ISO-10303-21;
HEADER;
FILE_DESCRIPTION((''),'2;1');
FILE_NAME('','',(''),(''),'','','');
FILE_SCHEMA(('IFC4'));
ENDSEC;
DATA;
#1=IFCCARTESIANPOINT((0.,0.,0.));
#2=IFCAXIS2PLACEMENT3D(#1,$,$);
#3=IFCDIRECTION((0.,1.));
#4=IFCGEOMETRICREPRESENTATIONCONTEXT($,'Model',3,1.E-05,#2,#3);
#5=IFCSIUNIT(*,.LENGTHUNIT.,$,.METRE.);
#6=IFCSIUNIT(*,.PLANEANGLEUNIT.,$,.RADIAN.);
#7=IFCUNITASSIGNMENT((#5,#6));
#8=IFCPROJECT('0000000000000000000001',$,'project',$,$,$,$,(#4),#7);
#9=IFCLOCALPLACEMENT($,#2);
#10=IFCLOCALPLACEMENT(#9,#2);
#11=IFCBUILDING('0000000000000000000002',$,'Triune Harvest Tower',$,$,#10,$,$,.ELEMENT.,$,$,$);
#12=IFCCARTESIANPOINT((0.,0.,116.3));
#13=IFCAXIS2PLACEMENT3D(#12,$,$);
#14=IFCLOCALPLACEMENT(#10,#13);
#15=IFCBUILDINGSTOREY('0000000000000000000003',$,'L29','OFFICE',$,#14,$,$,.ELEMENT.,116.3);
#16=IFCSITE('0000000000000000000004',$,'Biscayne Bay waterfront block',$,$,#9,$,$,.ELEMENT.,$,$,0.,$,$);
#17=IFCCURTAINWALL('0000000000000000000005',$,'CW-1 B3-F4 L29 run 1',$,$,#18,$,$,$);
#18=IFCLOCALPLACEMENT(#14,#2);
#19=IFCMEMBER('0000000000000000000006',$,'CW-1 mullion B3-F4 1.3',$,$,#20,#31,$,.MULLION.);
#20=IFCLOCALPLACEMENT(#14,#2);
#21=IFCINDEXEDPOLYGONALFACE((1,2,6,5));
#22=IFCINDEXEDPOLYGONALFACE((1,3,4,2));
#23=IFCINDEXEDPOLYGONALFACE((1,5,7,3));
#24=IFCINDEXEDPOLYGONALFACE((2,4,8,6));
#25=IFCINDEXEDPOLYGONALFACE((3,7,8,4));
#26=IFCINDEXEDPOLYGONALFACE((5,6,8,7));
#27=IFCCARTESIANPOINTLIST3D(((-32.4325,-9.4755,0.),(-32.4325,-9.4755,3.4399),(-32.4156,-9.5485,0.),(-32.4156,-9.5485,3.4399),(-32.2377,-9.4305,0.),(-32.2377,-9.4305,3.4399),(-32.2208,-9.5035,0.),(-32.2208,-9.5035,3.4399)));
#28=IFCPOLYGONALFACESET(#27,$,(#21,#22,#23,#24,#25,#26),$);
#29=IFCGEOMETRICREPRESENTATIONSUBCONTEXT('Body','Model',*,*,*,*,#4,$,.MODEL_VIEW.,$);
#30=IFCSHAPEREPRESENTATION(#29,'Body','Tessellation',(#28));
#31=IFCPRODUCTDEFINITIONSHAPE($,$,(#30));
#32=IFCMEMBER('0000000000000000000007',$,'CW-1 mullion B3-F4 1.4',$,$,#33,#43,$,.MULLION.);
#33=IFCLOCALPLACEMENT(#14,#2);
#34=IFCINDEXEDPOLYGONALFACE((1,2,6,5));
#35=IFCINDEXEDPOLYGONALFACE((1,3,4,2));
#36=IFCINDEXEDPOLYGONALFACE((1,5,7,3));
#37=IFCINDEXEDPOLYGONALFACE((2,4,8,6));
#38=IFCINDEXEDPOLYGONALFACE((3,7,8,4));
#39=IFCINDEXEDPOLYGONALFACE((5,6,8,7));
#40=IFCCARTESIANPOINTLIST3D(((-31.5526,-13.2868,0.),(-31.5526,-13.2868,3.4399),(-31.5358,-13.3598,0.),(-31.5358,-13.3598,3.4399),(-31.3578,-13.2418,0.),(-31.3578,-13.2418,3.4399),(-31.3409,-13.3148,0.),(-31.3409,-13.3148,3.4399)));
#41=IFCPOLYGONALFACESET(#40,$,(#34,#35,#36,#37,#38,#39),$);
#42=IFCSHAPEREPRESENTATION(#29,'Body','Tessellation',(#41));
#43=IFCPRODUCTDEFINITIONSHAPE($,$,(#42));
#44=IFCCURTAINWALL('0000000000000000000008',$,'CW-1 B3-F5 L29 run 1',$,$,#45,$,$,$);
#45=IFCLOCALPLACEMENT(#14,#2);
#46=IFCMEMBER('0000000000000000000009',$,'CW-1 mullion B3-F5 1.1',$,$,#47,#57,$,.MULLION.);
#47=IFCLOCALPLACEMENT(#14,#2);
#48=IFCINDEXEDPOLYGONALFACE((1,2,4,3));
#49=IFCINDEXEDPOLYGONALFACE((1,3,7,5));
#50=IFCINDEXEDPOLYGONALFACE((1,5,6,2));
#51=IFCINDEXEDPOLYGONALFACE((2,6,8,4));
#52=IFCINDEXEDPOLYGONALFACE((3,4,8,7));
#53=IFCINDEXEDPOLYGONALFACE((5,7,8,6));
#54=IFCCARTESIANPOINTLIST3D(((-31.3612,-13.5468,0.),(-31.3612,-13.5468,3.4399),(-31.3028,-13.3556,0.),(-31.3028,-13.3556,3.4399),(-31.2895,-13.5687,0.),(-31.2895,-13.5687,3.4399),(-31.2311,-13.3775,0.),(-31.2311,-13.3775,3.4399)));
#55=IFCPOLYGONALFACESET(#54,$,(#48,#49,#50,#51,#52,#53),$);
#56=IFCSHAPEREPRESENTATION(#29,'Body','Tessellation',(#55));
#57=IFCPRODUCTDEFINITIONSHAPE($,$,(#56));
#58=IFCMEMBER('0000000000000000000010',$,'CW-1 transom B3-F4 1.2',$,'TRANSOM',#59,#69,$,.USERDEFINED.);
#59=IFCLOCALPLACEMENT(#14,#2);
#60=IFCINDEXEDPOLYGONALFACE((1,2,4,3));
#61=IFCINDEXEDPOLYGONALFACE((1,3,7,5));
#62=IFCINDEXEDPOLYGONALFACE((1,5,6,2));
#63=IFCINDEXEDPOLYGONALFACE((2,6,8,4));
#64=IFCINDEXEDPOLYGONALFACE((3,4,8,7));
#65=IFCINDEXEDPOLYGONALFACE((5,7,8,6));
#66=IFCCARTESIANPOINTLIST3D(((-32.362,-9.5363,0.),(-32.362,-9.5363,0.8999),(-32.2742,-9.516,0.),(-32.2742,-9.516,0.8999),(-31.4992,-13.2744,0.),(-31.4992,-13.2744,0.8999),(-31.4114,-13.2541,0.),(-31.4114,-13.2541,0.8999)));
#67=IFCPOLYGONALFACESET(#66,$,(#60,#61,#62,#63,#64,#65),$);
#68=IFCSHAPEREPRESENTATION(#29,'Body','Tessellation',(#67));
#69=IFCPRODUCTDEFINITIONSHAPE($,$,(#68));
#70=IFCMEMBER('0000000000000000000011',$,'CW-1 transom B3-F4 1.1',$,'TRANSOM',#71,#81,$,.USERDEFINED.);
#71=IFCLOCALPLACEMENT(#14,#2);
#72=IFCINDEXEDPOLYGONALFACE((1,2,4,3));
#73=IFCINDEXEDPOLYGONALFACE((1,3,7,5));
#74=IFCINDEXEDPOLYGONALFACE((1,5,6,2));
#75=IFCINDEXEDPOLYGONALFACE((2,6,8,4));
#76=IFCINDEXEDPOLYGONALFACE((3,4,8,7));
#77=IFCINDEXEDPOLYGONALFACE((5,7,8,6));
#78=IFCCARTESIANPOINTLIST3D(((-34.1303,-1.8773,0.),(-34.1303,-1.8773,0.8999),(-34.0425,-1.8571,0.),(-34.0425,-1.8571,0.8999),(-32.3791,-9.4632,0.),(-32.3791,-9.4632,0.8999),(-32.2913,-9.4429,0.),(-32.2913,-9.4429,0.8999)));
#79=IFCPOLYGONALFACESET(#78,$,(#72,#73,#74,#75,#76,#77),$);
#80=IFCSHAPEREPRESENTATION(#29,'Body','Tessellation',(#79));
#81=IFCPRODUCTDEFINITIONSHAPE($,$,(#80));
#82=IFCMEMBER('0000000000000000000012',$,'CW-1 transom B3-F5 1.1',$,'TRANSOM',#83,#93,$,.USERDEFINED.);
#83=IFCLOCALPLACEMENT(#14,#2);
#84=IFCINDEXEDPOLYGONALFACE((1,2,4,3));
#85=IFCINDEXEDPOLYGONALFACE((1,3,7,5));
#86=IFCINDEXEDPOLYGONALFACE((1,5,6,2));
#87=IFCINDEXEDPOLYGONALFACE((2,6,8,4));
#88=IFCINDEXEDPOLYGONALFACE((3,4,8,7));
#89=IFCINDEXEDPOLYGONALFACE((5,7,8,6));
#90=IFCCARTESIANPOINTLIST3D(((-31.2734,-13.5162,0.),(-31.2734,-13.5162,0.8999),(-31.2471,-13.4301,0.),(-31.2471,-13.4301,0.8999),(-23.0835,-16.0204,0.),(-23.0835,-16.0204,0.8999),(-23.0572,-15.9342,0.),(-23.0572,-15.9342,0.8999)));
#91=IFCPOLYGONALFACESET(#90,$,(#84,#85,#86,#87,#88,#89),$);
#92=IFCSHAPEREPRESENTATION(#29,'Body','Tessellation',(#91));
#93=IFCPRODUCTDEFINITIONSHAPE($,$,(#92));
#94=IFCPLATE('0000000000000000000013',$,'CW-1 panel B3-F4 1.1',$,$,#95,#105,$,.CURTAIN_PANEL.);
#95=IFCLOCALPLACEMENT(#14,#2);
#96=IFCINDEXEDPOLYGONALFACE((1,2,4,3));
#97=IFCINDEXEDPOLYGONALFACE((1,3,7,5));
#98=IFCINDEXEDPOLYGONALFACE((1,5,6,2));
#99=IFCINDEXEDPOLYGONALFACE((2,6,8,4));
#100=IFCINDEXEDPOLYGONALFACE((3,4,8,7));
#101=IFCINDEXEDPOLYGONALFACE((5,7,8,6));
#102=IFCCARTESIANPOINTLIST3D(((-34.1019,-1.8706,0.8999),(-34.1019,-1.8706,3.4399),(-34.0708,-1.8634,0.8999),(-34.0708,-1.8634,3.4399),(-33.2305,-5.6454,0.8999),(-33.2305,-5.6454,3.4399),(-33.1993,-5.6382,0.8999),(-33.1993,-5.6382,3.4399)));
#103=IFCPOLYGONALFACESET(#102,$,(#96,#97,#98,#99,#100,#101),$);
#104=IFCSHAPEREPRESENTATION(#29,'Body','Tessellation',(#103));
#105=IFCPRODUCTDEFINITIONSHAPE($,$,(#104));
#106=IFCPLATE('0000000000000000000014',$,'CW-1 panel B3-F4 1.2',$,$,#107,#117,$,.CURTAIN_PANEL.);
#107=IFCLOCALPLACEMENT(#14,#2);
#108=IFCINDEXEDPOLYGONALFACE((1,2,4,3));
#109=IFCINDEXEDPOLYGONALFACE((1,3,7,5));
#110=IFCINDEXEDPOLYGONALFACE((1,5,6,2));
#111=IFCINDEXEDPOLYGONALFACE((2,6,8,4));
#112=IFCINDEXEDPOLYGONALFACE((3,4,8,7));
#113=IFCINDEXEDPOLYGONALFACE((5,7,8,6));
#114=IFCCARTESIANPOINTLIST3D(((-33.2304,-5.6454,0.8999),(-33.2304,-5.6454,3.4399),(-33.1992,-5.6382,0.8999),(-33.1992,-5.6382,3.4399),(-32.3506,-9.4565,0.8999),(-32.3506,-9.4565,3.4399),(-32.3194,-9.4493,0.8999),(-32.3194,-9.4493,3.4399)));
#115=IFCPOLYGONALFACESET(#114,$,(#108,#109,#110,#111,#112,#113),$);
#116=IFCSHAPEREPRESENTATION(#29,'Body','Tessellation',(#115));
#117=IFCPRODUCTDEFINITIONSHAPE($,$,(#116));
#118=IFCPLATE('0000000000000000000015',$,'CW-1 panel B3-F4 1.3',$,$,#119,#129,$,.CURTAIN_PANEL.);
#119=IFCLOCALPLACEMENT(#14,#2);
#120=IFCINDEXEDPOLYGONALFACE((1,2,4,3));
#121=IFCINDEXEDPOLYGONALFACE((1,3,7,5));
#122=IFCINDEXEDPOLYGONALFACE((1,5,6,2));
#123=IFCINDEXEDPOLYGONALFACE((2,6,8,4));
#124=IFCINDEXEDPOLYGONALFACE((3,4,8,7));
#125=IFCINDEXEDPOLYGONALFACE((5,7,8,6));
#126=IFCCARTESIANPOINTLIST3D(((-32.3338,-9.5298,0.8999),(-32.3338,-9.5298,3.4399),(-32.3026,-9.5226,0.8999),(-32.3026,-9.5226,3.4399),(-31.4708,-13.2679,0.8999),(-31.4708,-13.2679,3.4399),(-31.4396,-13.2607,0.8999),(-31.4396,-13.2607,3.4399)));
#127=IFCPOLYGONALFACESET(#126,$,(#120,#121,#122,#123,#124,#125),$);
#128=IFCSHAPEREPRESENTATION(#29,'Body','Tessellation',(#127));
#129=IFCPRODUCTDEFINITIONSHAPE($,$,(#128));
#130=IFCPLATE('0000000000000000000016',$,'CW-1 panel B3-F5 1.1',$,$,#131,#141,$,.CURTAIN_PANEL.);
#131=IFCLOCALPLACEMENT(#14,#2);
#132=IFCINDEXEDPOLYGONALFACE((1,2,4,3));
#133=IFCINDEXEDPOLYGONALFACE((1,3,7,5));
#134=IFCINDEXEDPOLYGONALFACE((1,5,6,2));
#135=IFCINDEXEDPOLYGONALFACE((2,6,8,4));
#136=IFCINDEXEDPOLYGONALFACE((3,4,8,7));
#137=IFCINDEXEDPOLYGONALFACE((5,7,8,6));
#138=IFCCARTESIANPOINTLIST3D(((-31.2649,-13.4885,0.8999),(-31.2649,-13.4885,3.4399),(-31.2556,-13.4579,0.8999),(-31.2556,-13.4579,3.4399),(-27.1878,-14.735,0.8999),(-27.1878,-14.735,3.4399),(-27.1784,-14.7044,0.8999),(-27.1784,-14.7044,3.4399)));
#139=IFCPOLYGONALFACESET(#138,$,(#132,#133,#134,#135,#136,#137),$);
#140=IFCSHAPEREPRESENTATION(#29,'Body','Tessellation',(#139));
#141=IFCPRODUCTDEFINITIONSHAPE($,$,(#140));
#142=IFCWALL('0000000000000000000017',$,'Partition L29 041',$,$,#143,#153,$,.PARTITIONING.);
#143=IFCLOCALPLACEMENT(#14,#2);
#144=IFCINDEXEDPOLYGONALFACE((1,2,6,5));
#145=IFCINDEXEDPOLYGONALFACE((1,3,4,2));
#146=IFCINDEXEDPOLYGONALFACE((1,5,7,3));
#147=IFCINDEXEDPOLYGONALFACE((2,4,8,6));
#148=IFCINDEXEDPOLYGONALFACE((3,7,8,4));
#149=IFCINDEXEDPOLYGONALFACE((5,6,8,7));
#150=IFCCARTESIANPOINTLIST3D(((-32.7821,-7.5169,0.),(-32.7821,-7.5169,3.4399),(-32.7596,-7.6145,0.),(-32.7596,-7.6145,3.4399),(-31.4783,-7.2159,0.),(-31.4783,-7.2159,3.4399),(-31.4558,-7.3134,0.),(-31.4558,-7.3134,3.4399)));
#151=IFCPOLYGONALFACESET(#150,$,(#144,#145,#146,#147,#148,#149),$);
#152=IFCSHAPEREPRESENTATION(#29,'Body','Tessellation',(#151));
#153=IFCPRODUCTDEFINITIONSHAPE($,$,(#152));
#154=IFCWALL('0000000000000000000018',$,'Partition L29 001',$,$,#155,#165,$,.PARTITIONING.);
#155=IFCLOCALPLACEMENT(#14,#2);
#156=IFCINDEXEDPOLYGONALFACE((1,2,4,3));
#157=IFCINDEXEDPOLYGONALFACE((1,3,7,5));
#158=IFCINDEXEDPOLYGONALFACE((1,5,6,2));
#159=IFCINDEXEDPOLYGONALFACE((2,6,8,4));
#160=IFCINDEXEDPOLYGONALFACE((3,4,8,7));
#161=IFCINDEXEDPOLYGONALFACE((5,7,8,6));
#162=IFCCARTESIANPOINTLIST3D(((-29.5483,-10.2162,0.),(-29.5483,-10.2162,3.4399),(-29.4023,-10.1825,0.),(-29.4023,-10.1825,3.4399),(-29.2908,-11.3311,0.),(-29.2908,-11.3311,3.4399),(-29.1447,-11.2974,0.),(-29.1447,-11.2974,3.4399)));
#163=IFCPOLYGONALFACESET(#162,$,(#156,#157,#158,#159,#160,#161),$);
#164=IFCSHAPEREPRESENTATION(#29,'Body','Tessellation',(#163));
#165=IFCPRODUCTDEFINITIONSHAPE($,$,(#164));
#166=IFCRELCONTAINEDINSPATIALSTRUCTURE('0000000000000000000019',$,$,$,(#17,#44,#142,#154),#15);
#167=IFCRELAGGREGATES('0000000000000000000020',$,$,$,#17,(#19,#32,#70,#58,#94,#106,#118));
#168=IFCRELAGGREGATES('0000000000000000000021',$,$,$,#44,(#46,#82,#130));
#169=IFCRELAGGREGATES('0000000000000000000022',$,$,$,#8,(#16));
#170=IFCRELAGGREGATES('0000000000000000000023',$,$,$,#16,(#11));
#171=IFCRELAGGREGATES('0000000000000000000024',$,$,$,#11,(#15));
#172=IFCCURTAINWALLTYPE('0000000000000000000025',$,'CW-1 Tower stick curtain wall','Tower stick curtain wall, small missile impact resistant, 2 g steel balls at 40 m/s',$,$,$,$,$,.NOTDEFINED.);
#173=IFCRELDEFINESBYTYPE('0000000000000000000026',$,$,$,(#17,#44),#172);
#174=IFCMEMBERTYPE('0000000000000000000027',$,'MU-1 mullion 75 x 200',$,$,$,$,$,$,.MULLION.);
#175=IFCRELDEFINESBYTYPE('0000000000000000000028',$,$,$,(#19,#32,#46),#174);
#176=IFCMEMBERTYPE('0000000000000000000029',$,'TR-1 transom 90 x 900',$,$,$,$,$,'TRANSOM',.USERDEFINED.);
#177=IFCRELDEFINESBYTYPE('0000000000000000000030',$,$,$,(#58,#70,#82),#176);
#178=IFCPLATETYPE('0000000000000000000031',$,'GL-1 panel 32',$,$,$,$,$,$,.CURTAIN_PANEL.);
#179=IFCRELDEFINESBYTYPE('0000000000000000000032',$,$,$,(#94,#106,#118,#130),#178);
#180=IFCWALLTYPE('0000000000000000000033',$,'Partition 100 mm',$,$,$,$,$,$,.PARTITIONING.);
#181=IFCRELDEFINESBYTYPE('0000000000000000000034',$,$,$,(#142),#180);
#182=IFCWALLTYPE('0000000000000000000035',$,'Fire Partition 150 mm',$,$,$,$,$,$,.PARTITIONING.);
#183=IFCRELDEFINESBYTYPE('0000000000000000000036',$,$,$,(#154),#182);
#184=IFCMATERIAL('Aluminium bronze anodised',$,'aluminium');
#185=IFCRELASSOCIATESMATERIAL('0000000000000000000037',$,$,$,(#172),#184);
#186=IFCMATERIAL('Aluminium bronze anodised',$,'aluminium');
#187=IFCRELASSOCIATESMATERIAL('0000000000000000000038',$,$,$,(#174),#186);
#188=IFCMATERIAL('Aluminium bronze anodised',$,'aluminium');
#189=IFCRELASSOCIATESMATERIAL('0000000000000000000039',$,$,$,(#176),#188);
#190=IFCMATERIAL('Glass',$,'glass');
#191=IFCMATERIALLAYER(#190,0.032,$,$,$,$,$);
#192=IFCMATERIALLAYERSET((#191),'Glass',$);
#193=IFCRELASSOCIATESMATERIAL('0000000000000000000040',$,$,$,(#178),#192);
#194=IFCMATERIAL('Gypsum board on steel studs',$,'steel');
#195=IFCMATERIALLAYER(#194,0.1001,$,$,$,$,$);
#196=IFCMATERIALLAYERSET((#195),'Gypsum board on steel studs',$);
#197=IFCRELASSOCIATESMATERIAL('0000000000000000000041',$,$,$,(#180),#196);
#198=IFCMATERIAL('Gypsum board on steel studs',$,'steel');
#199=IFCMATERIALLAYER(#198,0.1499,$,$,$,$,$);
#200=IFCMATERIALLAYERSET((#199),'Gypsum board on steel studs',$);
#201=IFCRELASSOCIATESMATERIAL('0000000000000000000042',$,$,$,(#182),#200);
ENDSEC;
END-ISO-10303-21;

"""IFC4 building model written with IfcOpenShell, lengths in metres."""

from ifc_helpers import new_model, si_unit, direction, frame, frame_2d, origin, origin_2d, place, context, subcontext, project, spatial, rectangle, extrude, source, transform, mapped, material, layer, layer_set, material_profile, profile_set, type_object, element, aggregate, save


model = new_model("IFC4")

# Units and contexts
model_context = context("Model", 3, precision=1e-05, world=origin(), true_north=direction((0.0, 1.0)))
body_context = subcontext(model_context, "Body", "Model", "MODEL_VIEW")
ifc_project = project(units=[si_unit("LENGTHUNIT", "METRE"), si_unit("PLANEANGLEUNIT", "RADIAN")], contexts=[model_context])

# Site, building, storey
site_placement = place(None, origin())
site = spatial("IfcSite", under=ifc_project, at=site_placement, Name="Biscayne Bay waterfront block", CompositionType="ELEMENT", RefElevation=0.0)
building_placement = place(site_placement, origin())
building = spatial("IfcBuilding", under=site, at=building_placement, Name="Triune Harvest Tower", CompositionType="ELEMENT")
storey_placement = place(building_placement, frame((0.0, 0.0, 116.3)))
storey = spatial("IfcBuildingStorey", under=building, at=storey_placement, Name="L29", Description="OFFICE", CompositionType="ELEMENT", Elevation=116.3)

# Curtain wall, members
ifc_material_1 = material(Name="Aluminium bronze anodised", Category="aluminium")
curtain_wall_type = type_object("IfcCurtainWallType", Name="CW-1 Tower stick curtain wall", Description="Tower stick curtain wall, small missile impact resistant, 2 g steel balls at 40 m/s", PredefinedType="NOTDEFINED", material=ifc_material_1)
curtain_wall_1_placement = place(storey_placement, origin())
curtain_wall_1 = element("IfcCurtainWall", 1, at=curtain_wall_1_placement, inside=storey, type_object=curtain_wall_type, Name="CW-1 B3-F4 L29 run 1")
ifc_material_2 = material(Name="Aluminium bronze anodised", Category="aluminium")
ifc_material_profile_1 = material_profile(ifc_material_2, rectangle(XDim=0.2, YDim=0.075, at=origin_2d()), Name="MU-1 mullion 75 x 200")
ifc_profile_set_1 = profile_set([ifc_material_profile_1], Name="Aluminium bronze anodised")
member_type_1 = type_object("IfcMemberType", Name="MU-1 mullion 75 x 200", PredefinedType="MULLION", material=ifc_profile_set_1)
shared_shape_1 = source(origin(), body_context, "Body", "SweptSolid", [
    extrude(rectangle(XDim=0.2, YDim=0.075, at=origin_2d()), origin(), (0.0, 0.0, 1.0), 3.4399),
])
member_1_placement = place(storey_placement, frame((-32.3267, -9.4895, 0.0), z_axis=(0.0, 0.0, 1.0), x_axis=(0.974371, 0.224947, 0.0)))
member_1 = element("IfcMember", 2, at=member_1_placement, type_object=member_type_1, Name="CW-1 mullion B3-F4 1.3", PredefinedType="MULLION", context=body_context, shape_type="MappedRepresentation", body=[
    mapped(shared_shape_1, transform((0.0, 0.0, 0.0), scale=1.0)),
])
member_2_placement = place(storey_placement, frame((-31.4468, -13.3008, 0.0), z_axis=(0.0, 0.0, 1.0), x_axis=(0.974371, 0.224947, 0.0)))
member_2 = element("IfcMember", 3, at=member_2_placement, type_object=member_type_1, Name="CW-1 mullion B3-F4 1.4", PredefinedType="MULLION", context=body_context, shape_type="MappedRepresentation", body=[
    mapped(shared_shape_1, transform((0.0, 0.0, 0.0), scale=1.0)),
])

# Curtain wall, member
curtain_wall_2_placement = place(storey_placement, origin())
curtain_wall_2 = element("IfcCurtainWall", 4, at=curtain_wall_2_placement, inside=storey, type_object=curtain_wall_type, Name="CW-1 B3-F5 L29 run 1")
member_3_placement = place(storey_placement, frame((-31.2961, -13.4622, 0.0), z_axis=(0.0, 0.0, 1.0), x_axis=(0.292374, 0.956304, 0.0)))
member_3 = element("IfcMember", 5, at=member_3_placement, type_object=member_type_1, Name="CW-1 mullion B3-F5 1.1", PredefinedType="MULLION", context=body_context, shape_type="MappedRepresentation", body=[
    mapped(shared_shape_1, transform((0.0, 0.0, 0.0), scale=1.0)),
])

# Members
ifc_material_3 = material(Name="Aluminium bronze anodised", Category="aluminium")
ifc_material_profile_2 = material_profile(ifc_material_3, rectangle(XDim=0.0901, YDim=0.8999, at=origin_2d()), Name="TR-1 transom 90 x 900")
ifc_profile_set_2 = profile_set([ifc_material_profile_2], Name="Aluminium bronze anodised")
member_type_2 = type_object("IfcMemberType", Name="TR-1 transom 90 x 900", ElementType="TRANSOM", PredefinedType="USERDEFINED", material=ifc_profile_set_2)
shared_shape_2 = source(origin(), body_context, "Body", "SweptSolid", [
    extrude(rectangle(XDim=0.0901, YDim=0.8999, at=origin_2d()), origin(), (0.0, 0.0, 1.0), 3.8364),
])
member_4_placement = place(storey_placement, frame((-32.3181, -9.5261, 0.45), z_axis=(0.224901, -0.974382, 0.0), x_axis=(0.974382, 0.224901, 0.0)))
member_4 = element("IfcMember", 6, at=member_4_placement, type_object=member_type_2, Name="CW-1 transom B3-F4 1.2", ObjectType="TRANSOM", PredefinedType="USERDEFINED", context=body_context, shape_type="MappedRepresentation", body=[
    mapped(shared_shape_2, transform((0.0, 0.0, 0.0), scale=1.0)),
])
shared_shape_3 = source(origin(), body_context, "Body", "SweptSolid", [
    extrude(rectangle(XDim=0.0901, YDim=0.8999, at=origin_2d()), origin(), (0.0, 0.0, 1.0), 7.7854),
])
member_5_placement = place(storey_placement, frame((-34.0864, -1.8672, 0.45), z_axis=(0.224935, -0.974374, 0.0), x_axis=(0.974374, 0.224935, 0.0)))
member_5 = element("IfcMember", 7, at=member_5_placement, type_object=member_type_2, Name="CW-1 transom B3-F4 1.1", ObjectType="TRANSOM", PredefinedType="USERDEFINED", context=body_context, shape_type="MappedRepresentation", body=[
    mapped(shared_shape_3, transform((0.0, 0.0, 0.0), scale=1.0)),
])
shared_shape_4 = source(origin(), body_context, "Body", "SweptSolid", [
    extrude(rectangle(XDim=0.0901, YDim=0.8999, at=origin_2d()), origin(), (0.0, 0.0, 1.0), 8.5642),
])
member_6_placement = place(storey_placement, frame((-31.2603, -13.4731, 0.45), z_axis=(0.956297, -0.292397, 0.0), x_axis=(0.292397, 0.956297, 0.0)))
member_6 = element("IfcMember", 8, at=member_6_placement, type_object=member_type_2, Name="CW-1 transom B3-F5 1.1", ObjectType="TRANSOM", PredefinedType="USERDEFINED", context=body_context, shape_type="MappedRepresentation", body=[
    mapped(shared_shape_4, transform((0.0, 0.0, 0.0), scale=1.0)),
])

# Plates
ifc_material_4 = material(Name="Glass", Category="glass")
ifc_layer_1 = layer(ifc_material_4, 0.032)
ifc_layer_set_1 = layer_set([ifc_layer_1], Name="Glass")
plate_type = type_object("IfcPlateType", Name="GL-1 panel 32", PredefinedType="CURTAIN_PANEL", material=ifc_layer_set_1)
shared_shape_5 = source(origin(), body_context, "Body", "SweptSolid", [
    extrude(rectangle(XDim=3.874, YDim=0.032, at=origin_2d()), origin(), (0.0, 0.0, 1.0), 2.54),
])
plate_1_placement = place(storey_placement, frame((-33.6506, -3.7544, 0.8999), z_axis=(0.0, 0.0, 1.0), x_axis=(0.224947, -0.974371, 0.0)))
plate_1 = element("IfcPlate", 9, at=plate_1_placement, type_object=plate_type, Name="CW-1 panel B3-F4 1.1", PredefinedType="CURTAIN_PANEL", context=body_context, shape_type="MappedRepresentation", body=[
    mapped(shared_shape_5, transform((0.0, 0.0, 0.0), scale=1.0)),
])
shared_shape_6 = source(origin(), body_context, "Body", "SweptSolid", [
    extrude(rectangle(XDim=3.9114, YDim=0.032, at=origin_2d()), origin(), (0.0, 0.0, 1.0), 2.54),
])
plate_2_placement = place(storey_placement, frame((-32.7749, -7.5474, 0.8999), z_axis=(0.0, 0.0, 1.0), x_axis=(0.224947, -0.974371, 0.0)))
plate_2 = element("IfcPlate", 10, at=plate_2_placement, type_object=plate_type, Name="CW-1 panel B3-F4 1.2", PredefinedType="CURTAIN_PANEL", context=body_context, shape_type="MappedRepresentation", body=[
    mapped(shared_shape_6, transform((0.0, 0.0, 0.0), scale=1.0)),
])
shared_shape_7 = source(origin(), body_context, "Body", "SweptSolid", [
    extrude(rectangle(XDim=3.8364, YDim=0.032, at=origin_2d()), origin(), (0.0, 0.0, 1.0), 2.54),
])
plate_3_placement = place(storey_placement, frame((-31.8867, -11.3953, 0.8999), z_axis=(0.0, 0.0, 1.0), x_axis=(0.224947, -0.974371, 0.0)))
plate_3 = element("IfcPlate", 11, at=plate_3_placement, type_object=plate_type, Name="CW-1 panel B3-F4 1.3", PredefinedType="CURTAIN_PANEL", context=body_context, shape_type="MappedRepresentation", body=[
    mapped(shared_shape_7, transform((0.0, 0.0, 0.0), scale=1.0)),
])
aggregate(curtain_wall_1, [member_1, member_2, member_5, member_4, plate_1, plate_2, plate_3])
shared_shape_8 = source(origin(), body_context, "Body", "SweptSolid", [
    extrude(rectangle(XDim=4.2634, YDim=0.032, at=origin_2d()), origin(), (0.0, 0.0, 1.0), 2.54),
])
plate_4_placement = place(storey_placement, frame((-29.2217, -14.0964, 0.8999), z_axis=(0.0, 0.0, 1.0), x_axis=(0.956304, -0.292374, 0.0)))
plate_4 = element("IfcPlate", 12, at=plate_4_placement, type_object=plate_type, Name="CW-1 panel B3-F5 1.1", PredefinedType="CURTAIN_PANEL", context=body_context, shape_type="MappedRepresentation", body=[
    mapped(shared_shape_8, transform((0.0, 0.0, 0.0), scale=1.0)),
])
aggregate(curtain_wall_2, [member_3, member_6, plate_4])

# Walls
ifc_material_5 = material(Name="Gypsum board on steel studs", Category="steel")
ifc_layer_2 = layer(ifc_material_5, 0.1001)
ifc_layer_set_2 = layer_set([ifc_layer_2], Name="Gypsum board on steel studs")
wall_type_1 = type_object("IfcWallType", Name="Partition 100 mm", PredefinedType="PARTITIONING", material=ifc_layer_set_2)
shared_shape_9 = source(origin(), body_context, "Body", "SweptSolid", [
    extrude(rectangle(XDim=1.3381, YDim=0.1001, at=frame_2d((0.6689, 0.0))), origin(), (0.0, 0.0, 1.0), 3.4399),
])
wall_1_placement = place(storey_placement, frame((-32.7708, -7.5657, 0.0), z_axis=(0.0, 0.0, 1.0), x_axis=(0.974364, 0.224979, 0.0)))
element("IfcWall", 13, at=wall_1_placement, inside=storey, type_object=wall_type_1, Name="Partition L29 041", PredefinedType="PARTITIONING", context=body_context, shape_type="MappedRepresentation", body=[
    mapped(shared_shape_9, transform((0.0, 0.0, 0.0), scale=1.0)),
])
ifc_material_6 = material(Name="Gypsum board on steel studs", Category="steel")
ifc_layer_3 = layer(ifc_material_6, 0.1499)
ifc_layer_set_3 = layer_set([ifc_layer_3], Name="Gypsum board on steel studs")
wall_type_2 = type_object("IfcWallType", Name="Fire Partition 150 mm", PredefinedType="PARTITIONING", material=ifc_layer_set_3)
shared_shape_10 = source(origin(), body_context, "Body", "SweptSolid", [
    extrude(rectangle(XDim=1.1443, YDim=0.1499, at=frame_2d((0.5723, 0.0))), origin(), (0.0, 0.0, 1.0), 3.4399),
])
wall_2_placement = place(storey_placement, frame((-29.4753, -10.1992, 0.0), z_axis=(0.0, 0.0, 1.0), x_axis=(0.225078, -0.974341, 0.0)))
element("IfcWall", 14, at=wall_2_placement, inside=storey, type_object=wall_type_2, Name="Partition L29 001", PredefinedType="PARTITIONING", context=body_context, shape_type="MappedRepresentation", body=[
    mapped(shared_shape_10, transform((0.0, 0.0, 0.0), scale=1.0)),
])

save(model, "model.ifc")
